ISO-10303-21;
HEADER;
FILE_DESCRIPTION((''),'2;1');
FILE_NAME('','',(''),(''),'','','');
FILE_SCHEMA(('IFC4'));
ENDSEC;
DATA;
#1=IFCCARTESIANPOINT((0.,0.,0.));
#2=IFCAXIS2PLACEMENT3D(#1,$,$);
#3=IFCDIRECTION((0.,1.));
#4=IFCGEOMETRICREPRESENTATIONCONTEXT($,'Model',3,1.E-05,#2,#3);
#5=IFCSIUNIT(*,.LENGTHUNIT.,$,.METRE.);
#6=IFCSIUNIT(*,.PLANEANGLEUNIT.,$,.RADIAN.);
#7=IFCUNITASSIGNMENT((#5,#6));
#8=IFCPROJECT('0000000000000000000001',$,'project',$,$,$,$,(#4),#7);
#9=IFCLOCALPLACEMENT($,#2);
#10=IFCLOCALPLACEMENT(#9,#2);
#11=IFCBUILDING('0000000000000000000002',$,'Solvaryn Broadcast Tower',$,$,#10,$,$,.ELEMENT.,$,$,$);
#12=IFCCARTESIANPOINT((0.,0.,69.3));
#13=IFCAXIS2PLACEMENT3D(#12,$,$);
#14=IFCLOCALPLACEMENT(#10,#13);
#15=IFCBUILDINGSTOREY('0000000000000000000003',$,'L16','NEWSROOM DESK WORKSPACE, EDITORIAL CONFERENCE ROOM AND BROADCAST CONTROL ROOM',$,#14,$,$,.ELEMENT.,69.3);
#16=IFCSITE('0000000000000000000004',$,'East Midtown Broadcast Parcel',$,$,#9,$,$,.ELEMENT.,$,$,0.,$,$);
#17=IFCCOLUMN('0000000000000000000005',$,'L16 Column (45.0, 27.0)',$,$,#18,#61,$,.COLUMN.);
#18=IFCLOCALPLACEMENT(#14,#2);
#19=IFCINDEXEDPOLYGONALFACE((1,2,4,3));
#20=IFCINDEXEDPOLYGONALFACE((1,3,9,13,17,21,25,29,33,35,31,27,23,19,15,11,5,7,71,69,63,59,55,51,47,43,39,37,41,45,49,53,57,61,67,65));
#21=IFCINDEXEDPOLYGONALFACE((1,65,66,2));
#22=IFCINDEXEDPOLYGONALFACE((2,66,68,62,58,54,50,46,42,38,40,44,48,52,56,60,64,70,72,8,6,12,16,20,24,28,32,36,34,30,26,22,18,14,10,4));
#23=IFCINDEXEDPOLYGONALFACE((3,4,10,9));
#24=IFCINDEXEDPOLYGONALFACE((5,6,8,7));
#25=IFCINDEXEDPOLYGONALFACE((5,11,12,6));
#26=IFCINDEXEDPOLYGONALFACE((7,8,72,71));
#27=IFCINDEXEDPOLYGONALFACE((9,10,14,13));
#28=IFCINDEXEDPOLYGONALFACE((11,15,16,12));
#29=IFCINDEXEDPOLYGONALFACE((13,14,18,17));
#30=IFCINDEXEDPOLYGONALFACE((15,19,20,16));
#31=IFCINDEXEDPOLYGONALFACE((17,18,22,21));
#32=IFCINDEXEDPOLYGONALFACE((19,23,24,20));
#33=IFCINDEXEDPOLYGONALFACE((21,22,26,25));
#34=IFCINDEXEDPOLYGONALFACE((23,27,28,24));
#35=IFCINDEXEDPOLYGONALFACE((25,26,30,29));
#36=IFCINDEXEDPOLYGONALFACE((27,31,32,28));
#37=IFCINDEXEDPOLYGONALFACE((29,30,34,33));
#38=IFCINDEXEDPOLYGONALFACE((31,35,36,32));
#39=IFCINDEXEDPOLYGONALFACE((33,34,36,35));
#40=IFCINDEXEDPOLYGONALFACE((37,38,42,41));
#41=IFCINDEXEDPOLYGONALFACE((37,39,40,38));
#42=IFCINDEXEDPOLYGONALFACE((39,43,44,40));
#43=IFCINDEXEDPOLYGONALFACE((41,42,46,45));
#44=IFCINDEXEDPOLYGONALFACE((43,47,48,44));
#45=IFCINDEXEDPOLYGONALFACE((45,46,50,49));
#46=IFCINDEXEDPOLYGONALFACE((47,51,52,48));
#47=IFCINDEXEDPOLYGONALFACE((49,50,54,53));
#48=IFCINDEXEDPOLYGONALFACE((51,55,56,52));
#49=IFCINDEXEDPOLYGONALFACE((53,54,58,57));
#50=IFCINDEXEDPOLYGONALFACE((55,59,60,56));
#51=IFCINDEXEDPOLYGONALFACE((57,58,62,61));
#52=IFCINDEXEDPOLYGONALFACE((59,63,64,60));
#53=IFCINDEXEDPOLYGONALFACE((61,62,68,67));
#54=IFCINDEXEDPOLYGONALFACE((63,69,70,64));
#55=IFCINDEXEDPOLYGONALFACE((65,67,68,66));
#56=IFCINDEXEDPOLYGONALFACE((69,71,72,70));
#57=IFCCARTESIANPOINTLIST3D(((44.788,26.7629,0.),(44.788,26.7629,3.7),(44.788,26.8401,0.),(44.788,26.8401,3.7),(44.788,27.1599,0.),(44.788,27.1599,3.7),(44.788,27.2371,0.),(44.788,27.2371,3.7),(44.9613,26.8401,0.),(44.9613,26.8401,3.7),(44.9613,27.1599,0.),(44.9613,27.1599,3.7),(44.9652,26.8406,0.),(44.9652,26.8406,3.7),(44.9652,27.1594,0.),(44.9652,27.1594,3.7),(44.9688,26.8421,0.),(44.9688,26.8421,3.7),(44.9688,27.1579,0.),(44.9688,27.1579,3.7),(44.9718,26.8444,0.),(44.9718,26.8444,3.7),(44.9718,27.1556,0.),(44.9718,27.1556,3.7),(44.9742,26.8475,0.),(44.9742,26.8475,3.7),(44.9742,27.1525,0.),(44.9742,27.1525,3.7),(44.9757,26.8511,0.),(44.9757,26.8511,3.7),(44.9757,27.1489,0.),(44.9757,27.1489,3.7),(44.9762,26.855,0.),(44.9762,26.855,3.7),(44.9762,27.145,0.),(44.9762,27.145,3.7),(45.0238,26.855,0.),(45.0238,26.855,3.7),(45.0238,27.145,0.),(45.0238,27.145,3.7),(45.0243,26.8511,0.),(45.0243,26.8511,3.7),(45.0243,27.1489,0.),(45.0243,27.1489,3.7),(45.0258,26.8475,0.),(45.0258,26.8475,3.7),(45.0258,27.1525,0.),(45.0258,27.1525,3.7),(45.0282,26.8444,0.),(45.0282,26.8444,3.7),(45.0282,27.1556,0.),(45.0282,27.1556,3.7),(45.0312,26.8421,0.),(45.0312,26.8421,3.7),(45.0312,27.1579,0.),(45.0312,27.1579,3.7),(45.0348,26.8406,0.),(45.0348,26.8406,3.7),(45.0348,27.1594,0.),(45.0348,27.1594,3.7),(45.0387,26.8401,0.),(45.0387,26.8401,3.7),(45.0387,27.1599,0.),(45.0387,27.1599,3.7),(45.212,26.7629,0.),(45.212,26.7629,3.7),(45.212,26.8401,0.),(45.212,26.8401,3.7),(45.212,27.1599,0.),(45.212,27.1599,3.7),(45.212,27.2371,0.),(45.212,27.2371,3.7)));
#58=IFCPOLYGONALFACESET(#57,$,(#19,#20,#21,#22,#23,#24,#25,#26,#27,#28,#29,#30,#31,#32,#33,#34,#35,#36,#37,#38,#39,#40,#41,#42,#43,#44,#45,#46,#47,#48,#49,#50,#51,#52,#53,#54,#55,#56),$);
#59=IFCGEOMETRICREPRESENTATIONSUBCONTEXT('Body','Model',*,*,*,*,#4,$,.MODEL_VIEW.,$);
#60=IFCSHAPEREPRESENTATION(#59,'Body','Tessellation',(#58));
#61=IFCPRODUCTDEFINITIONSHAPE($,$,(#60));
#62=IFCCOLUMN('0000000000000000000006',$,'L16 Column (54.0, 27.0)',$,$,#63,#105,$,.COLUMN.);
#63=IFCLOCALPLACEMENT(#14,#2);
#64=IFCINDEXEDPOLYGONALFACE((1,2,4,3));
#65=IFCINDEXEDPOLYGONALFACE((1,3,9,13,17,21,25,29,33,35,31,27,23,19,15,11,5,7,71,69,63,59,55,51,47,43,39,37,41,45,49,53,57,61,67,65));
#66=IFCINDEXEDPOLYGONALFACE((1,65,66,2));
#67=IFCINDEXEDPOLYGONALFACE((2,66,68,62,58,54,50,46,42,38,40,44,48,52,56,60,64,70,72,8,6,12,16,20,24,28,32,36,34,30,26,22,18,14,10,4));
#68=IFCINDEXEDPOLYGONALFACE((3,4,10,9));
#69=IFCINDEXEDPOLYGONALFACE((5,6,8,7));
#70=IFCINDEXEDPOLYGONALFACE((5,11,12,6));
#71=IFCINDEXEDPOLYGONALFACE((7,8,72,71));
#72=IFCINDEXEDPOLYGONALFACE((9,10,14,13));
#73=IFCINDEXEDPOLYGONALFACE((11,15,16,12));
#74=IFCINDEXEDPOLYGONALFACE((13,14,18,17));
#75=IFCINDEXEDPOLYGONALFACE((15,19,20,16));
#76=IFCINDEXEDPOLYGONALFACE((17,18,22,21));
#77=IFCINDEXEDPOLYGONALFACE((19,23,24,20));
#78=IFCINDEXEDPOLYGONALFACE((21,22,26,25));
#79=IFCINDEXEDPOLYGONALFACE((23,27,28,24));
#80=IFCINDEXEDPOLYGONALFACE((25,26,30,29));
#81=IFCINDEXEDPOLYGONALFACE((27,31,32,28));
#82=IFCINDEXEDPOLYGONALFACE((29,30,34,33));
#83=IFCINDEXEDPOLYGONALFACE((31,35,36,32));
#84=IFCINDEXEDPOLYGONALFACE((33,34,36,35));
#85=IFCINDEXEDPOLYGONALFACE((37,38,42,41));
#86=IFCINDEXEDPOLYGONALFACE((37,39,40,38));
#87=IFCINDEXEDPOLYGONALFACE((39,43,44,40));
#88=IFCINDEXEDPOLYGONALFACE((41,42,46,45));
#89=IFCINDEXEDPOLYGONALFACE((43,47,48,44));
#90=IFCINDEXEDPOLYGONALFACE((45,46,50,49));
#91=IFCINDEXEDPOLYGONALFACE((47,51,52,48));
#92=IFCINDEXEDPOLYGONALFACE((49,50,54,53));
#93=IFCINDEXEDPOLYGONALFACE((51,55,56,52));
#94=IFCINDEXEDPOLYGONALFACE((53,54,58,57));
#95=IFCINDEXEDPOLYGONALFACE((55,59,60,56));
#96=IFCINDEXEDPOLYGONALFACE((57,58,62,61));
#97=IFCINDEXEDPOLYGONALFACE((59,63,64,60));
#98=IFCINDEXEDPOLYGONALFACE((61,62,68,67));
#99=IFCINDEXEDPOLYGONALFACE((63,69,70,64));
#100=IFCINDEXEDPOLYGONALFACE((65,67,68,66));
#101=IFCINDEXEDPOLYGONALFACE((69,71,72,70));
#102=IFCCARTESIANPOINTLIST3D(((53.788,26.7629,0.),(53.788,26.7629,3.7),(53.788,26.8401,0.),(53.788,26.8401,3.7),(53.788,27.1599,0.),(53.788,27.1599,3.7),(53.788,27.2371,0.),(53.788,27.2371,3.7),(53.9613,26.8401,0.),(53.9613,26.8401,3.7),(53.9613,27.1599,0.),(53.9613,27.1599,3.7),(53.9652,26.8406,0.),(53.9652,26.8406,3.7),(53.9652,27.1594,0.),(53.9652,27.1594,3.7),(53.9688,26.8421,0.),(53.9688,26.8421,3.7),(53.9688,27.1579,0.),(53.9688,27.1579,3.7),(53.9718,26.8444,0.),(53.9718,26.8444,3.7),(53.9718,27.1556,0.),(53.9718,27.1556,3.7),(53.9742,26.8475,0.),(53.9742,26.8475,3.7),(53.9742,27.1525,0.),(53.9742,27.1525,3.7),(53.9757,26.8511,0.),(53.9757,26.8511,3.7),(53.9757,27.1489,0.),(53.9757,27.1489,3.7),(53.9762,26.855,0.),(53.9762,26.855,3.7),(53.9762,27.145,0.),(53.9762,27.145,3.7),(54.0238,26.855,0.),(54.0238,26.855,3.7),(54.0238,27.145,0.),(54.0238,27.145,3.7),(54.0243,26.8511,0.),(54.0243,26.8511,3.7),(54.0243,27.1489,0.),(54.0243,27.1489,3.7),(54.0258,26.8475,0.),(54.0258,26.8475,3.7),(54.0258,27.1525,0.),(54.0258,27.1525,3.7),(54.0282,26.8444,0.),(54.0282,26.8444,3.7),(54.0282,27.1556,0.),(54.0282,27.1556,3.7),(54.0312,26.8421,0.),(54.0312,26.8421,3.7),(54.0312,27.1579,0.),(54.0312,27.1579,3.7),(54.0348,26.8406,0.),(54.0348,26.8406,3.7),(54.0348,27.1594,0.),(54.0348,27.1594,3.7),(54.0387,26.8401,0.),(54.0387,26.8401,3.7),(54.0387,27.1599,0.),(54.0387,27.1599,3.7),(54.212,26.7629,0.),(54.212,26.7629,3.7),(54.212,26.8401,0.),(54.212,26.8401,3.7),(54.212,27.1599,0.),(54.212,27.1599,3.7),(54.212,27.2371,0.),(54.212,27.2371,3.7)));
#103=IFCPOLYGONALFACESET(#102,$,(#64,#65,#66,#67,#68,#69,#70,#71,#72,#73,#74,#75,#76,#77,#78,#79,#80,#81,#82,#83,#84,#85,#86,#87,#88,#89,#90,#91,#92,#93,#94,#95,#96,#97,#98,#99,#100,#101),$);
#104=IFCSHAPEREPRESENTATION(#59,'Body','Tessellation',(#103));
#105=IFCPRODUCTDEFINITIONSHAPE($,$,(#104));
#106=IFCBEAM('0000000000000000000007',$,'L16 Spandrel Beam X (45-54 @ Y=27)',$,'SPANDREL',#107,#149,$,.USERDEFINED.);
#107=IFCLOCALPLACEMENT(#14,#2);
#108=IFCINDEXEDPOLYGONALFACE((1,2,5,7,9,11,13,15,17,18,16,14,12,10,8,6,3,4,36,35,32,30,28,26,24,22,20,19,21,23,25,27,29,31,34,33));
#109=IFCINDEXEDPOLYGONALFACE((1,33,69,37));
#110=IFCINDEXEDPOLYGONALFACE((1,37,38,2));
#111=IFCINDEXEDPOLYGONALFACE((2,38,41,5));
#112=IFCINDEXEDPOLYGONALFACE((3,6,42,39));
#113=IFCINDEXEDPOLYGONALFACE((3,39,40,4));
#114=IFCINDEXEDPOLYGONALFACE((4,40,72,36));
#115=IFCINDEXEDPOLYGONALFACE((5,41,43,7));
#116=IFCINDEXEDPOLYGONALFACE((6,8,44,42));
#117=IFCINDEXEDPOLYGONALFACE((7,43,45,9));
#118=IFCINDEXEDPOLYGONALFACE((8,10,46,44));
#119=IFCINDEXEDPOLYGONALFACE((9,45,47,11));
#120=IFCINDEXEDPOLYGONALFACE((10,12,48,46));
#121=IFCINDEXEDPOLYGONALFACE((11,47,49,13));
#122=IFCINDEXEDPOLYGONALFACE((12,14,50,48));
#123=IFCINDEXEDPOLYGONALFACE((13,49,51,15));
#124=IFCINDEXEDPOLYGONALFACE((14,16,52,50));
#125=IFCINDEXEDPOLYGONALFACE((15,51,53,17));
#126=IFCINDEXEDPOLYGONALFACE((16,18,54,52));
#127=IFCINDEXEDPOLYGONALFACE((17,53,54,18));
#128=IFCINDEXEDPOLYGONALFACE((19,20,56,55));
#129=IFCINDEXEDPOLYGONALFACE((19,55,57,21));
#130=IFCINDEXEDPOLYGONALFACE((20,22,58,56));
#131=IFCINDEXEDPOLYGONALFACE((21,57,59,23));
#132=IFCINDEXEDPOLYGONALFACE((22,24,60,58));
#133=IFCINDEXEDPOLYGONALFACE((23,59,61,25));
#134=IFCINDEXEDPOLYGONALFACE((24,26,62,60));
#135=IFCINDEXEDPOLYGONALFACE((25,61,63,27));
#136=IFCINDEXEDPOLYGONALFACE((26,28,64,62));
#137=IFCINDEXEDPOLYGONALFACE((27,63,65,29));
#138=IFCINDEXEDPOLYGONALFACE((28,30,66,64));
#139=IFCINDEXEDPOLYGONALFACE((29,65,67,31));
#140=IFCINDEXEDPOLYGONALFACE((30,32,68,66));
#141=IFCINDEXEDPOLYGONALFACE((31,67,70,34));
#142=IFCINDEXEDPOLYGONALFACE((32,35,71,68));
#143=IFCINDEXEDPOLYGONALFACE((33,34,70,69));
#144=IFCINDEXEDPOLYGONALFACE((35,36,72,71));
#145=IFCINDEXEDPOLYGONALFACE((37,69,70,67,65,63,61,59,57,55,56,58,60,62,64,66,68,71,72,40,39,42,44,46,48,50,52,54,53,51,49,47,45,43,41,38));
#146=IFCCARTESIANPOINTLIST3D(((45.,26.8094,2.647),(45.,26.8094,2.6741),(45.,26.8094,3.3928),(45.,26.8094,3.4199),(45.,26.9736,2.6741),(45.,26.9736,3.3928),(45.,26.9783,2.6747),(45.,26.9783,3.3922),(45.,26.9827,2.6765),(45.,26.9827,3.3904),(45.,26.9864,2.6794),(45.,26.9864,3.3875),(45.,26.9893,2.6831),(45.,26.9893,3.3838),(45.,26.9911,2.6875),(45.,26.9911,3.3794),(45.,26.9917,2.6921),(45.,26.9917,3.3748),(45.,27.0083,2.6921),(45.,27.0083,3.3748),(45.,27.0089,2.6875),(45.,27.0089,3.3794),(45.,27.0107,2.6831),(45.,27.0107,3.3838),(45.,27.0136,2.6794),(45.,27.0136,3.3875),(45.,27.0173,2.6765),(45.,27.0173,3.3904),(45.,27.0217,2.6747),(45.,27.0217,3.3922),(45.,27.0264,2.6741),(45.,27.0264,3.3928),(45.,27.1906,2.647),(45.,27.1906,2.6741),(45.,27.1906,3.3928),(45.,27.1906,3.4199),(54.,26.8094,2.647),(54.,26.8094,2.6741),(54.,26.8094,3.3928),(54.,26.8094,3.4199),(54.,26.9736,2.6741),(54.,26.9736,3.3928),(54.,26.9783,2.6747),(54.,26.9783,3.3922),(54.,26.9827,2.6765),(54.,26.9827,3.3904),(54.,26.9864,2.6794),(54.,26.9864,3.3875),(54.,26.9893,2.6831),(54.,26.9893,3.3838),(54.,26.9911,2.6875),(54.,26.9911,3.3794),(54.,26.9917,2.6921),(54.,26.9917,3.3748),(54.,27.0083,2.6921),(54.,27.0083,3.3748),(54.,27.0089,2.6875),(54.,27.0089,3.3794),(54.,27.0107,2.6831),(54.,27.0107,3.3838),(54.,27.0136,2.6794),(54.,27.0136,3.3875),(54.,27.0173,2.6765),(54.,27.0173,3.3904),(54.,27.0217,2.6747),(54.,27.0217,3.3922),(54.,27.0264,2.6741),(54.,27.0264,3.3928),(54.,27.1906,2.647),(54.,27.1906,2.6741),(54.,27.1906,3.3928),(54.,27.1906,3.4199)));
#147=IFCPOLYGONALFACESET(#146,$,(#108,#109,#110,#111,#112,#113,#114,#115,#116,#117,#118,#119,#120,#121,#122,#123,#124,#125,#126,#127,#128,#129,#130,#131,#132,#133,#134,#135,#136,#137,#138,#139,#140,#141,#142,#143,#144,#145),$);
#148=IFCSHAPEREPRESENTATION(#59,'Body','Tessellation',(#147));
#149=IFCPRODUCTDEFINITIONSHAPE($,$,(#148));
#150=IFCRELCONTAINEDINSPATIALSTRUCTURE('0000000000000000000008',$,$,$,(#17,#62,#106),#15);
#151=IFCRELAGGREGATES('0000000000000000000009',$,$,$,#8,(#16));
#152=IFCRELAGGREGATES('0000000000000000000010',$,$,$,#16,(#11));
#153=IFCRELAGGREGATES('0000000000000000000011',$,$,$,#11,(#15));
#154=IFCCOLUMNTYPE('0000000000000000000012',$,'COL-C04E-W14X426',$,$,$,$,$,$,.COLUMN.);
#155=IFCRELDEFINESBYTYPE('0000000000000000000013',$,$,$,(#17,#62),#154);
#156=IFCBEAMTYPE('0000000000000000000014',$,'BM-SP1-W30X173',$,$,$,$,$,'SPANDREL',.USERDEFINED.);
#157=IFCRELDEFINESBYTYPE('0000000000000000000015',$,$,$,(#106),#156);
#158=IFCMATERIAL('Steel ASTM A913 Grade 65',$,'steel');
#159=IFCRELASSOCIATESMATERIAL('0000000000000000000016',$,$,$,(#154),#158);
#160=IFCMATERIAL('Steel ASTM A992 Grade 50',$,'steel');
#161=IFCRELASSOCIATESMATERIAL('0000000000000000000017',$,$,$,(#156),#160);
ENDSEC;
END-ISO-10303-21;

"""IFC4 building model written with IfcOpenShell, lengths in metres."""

from ifc_helpers import new_model, si_unit, direction, frame, origin, origin_2d, place, context, subcontext, project, spatial, i_section, extrude, material, material_profile, profile_set, type_object, element, save


model = new_model("IFC4")

# Units and contexts
model_context = context("Model", 3, precision=1e-05, world=origin(), true_north=direction((0.0, 1.0)))
body_context = subcontext(model_context, "Body", "Model", "MODEL_VIEW")
ifc_project = project(units=[si_unit("LENGTHUNIT", "METRE"), si_unit("PLANEANGLEUNIT", "RADIAN")], contexts=[model_context])

# Site, building, storey
site_placement = place(None, origin())
site = spatial("IfcSite", under=ifc_project, at=site_placement, Name="East Midtown Broadcast Parcel", CompositionType="ELEMENT", RefElevation=0.0)
building_placement = place(site_placement, origin())
building = spatial("IfcBuilding", under=site, at=building_placement, Name="Solvaryn Broadcast Tower", CompositionType="ELEMENT")
storey_placement = place(building_placement, frame((0.0, 0.0, 69.3)))
storey = spatial("IfcBuildingStorey", under=building, at=storey_placement, Name="L16", Description="NEWSROOM DESK WORKSPACE, EDITORIAL CONFERENCE ROOM AND BROADCAST CONTROL ROOM", CompositionType="ELEMENT", Elevation=69.3)

# Columns
ifc_material_1 = material(Name="Steel ASTM A913 Grade 65", Category="steel")
ifc_material_profile_1 = material_profile(ifc_material_1, i_section(OverallWidth=0.4241, OverallDepth=0.4741, WebThickness=0.0476, FlangeThickness=0.0771, FilletRadius=0.0149, at=origin_2d()))
ifc_profile_set_1 = profile_set([ifc_material_profile_1], Name="Steel ASTM A913 Grade 65")
column_type = type_object("IfcColumnType", Name="COL-C04E-W14X426", PredefinedType="COLUMN", material=ifc_profile_set_1)
for number, where, z_axis, x_axis, name in (
    (1, (45.0, 27.0, 0.0), (0.0, 0.0, 1.0), (1.0, 0.0, 0.0), "L16 Column (45.0, 27.0)"),
    (2, (54.0, 27.0, 0.0), (0.0, 0.0, 1.0), (1.0, 0.0, 0.0), "L16 Column (54.0, 27.0)"),
):
    element("IfcColumn", number, at=place(storey_placement, frame(where, z_axis=z_axis, x_axis=x_axis)), inside=storey, type_object=column_type, Name=name, PredefinedType="COLUMN", context=body_context, shape_type="SweptSolid", body=[
        extrude(i_section(OverallWidth=0.4241, OverallDepth=0.4741, WebThickness=0.0476, FlangeThickness=0.0771, FilletRadius=0.0149, at=origin_2d()), origin(), (0.0, 0.0, 1.0), 3.7),
    ])

# Beam
ifc_material_2 = material(Name="Steel ASTM A992 Grade 50", Category="steel")
ifc_material_profile_2 = material_profile(ifc_material_2, i_section(OverallWidth=0.3811, OverallDepth=0.7729, WebThickness=0.0166, FlangeThickness=0.0271, FilletRadius=0.0181, at=origin_2d()))
ifc_profile_set_2 = profile_set([ifc_material_profile_2], Name="Steel ASTM A992 Grade 50")
beam_type = type_object("IfcBeamType", Name="BM-SP1-W30X173", ElementType="SPANDREL", PredefinedType="USERDEFINED", material=ifc_profile_set_2)
beam_placement = place(storey_placement, frame((45.0, 27.0, 3.0334), z_axis=(1.0, 0.0, 0.0), x_axis=(0.0, 1.0, 0.0)))
element("IfcBeam", 3, at=beam_placement, inside=storey, type_object=beam_type, Name="L16 Spandrel Beam X (45-54 @ Y=27)", ObjectType="SPANDREL", PredefinedType="USERDEFINED", context=body_context, shape_type="SweptSolid", body=[
    extrude(i_section(OverallWidth=0.3811, OverallDepth=0.7729, WebThickness=0.0166, FlangeThickness=0.0271, FilletRadius=0.0181, at=origin_2d()), origin(), (0.0, 0.0, 1.0), 9.0),
])

save(model, "model.ifc")
